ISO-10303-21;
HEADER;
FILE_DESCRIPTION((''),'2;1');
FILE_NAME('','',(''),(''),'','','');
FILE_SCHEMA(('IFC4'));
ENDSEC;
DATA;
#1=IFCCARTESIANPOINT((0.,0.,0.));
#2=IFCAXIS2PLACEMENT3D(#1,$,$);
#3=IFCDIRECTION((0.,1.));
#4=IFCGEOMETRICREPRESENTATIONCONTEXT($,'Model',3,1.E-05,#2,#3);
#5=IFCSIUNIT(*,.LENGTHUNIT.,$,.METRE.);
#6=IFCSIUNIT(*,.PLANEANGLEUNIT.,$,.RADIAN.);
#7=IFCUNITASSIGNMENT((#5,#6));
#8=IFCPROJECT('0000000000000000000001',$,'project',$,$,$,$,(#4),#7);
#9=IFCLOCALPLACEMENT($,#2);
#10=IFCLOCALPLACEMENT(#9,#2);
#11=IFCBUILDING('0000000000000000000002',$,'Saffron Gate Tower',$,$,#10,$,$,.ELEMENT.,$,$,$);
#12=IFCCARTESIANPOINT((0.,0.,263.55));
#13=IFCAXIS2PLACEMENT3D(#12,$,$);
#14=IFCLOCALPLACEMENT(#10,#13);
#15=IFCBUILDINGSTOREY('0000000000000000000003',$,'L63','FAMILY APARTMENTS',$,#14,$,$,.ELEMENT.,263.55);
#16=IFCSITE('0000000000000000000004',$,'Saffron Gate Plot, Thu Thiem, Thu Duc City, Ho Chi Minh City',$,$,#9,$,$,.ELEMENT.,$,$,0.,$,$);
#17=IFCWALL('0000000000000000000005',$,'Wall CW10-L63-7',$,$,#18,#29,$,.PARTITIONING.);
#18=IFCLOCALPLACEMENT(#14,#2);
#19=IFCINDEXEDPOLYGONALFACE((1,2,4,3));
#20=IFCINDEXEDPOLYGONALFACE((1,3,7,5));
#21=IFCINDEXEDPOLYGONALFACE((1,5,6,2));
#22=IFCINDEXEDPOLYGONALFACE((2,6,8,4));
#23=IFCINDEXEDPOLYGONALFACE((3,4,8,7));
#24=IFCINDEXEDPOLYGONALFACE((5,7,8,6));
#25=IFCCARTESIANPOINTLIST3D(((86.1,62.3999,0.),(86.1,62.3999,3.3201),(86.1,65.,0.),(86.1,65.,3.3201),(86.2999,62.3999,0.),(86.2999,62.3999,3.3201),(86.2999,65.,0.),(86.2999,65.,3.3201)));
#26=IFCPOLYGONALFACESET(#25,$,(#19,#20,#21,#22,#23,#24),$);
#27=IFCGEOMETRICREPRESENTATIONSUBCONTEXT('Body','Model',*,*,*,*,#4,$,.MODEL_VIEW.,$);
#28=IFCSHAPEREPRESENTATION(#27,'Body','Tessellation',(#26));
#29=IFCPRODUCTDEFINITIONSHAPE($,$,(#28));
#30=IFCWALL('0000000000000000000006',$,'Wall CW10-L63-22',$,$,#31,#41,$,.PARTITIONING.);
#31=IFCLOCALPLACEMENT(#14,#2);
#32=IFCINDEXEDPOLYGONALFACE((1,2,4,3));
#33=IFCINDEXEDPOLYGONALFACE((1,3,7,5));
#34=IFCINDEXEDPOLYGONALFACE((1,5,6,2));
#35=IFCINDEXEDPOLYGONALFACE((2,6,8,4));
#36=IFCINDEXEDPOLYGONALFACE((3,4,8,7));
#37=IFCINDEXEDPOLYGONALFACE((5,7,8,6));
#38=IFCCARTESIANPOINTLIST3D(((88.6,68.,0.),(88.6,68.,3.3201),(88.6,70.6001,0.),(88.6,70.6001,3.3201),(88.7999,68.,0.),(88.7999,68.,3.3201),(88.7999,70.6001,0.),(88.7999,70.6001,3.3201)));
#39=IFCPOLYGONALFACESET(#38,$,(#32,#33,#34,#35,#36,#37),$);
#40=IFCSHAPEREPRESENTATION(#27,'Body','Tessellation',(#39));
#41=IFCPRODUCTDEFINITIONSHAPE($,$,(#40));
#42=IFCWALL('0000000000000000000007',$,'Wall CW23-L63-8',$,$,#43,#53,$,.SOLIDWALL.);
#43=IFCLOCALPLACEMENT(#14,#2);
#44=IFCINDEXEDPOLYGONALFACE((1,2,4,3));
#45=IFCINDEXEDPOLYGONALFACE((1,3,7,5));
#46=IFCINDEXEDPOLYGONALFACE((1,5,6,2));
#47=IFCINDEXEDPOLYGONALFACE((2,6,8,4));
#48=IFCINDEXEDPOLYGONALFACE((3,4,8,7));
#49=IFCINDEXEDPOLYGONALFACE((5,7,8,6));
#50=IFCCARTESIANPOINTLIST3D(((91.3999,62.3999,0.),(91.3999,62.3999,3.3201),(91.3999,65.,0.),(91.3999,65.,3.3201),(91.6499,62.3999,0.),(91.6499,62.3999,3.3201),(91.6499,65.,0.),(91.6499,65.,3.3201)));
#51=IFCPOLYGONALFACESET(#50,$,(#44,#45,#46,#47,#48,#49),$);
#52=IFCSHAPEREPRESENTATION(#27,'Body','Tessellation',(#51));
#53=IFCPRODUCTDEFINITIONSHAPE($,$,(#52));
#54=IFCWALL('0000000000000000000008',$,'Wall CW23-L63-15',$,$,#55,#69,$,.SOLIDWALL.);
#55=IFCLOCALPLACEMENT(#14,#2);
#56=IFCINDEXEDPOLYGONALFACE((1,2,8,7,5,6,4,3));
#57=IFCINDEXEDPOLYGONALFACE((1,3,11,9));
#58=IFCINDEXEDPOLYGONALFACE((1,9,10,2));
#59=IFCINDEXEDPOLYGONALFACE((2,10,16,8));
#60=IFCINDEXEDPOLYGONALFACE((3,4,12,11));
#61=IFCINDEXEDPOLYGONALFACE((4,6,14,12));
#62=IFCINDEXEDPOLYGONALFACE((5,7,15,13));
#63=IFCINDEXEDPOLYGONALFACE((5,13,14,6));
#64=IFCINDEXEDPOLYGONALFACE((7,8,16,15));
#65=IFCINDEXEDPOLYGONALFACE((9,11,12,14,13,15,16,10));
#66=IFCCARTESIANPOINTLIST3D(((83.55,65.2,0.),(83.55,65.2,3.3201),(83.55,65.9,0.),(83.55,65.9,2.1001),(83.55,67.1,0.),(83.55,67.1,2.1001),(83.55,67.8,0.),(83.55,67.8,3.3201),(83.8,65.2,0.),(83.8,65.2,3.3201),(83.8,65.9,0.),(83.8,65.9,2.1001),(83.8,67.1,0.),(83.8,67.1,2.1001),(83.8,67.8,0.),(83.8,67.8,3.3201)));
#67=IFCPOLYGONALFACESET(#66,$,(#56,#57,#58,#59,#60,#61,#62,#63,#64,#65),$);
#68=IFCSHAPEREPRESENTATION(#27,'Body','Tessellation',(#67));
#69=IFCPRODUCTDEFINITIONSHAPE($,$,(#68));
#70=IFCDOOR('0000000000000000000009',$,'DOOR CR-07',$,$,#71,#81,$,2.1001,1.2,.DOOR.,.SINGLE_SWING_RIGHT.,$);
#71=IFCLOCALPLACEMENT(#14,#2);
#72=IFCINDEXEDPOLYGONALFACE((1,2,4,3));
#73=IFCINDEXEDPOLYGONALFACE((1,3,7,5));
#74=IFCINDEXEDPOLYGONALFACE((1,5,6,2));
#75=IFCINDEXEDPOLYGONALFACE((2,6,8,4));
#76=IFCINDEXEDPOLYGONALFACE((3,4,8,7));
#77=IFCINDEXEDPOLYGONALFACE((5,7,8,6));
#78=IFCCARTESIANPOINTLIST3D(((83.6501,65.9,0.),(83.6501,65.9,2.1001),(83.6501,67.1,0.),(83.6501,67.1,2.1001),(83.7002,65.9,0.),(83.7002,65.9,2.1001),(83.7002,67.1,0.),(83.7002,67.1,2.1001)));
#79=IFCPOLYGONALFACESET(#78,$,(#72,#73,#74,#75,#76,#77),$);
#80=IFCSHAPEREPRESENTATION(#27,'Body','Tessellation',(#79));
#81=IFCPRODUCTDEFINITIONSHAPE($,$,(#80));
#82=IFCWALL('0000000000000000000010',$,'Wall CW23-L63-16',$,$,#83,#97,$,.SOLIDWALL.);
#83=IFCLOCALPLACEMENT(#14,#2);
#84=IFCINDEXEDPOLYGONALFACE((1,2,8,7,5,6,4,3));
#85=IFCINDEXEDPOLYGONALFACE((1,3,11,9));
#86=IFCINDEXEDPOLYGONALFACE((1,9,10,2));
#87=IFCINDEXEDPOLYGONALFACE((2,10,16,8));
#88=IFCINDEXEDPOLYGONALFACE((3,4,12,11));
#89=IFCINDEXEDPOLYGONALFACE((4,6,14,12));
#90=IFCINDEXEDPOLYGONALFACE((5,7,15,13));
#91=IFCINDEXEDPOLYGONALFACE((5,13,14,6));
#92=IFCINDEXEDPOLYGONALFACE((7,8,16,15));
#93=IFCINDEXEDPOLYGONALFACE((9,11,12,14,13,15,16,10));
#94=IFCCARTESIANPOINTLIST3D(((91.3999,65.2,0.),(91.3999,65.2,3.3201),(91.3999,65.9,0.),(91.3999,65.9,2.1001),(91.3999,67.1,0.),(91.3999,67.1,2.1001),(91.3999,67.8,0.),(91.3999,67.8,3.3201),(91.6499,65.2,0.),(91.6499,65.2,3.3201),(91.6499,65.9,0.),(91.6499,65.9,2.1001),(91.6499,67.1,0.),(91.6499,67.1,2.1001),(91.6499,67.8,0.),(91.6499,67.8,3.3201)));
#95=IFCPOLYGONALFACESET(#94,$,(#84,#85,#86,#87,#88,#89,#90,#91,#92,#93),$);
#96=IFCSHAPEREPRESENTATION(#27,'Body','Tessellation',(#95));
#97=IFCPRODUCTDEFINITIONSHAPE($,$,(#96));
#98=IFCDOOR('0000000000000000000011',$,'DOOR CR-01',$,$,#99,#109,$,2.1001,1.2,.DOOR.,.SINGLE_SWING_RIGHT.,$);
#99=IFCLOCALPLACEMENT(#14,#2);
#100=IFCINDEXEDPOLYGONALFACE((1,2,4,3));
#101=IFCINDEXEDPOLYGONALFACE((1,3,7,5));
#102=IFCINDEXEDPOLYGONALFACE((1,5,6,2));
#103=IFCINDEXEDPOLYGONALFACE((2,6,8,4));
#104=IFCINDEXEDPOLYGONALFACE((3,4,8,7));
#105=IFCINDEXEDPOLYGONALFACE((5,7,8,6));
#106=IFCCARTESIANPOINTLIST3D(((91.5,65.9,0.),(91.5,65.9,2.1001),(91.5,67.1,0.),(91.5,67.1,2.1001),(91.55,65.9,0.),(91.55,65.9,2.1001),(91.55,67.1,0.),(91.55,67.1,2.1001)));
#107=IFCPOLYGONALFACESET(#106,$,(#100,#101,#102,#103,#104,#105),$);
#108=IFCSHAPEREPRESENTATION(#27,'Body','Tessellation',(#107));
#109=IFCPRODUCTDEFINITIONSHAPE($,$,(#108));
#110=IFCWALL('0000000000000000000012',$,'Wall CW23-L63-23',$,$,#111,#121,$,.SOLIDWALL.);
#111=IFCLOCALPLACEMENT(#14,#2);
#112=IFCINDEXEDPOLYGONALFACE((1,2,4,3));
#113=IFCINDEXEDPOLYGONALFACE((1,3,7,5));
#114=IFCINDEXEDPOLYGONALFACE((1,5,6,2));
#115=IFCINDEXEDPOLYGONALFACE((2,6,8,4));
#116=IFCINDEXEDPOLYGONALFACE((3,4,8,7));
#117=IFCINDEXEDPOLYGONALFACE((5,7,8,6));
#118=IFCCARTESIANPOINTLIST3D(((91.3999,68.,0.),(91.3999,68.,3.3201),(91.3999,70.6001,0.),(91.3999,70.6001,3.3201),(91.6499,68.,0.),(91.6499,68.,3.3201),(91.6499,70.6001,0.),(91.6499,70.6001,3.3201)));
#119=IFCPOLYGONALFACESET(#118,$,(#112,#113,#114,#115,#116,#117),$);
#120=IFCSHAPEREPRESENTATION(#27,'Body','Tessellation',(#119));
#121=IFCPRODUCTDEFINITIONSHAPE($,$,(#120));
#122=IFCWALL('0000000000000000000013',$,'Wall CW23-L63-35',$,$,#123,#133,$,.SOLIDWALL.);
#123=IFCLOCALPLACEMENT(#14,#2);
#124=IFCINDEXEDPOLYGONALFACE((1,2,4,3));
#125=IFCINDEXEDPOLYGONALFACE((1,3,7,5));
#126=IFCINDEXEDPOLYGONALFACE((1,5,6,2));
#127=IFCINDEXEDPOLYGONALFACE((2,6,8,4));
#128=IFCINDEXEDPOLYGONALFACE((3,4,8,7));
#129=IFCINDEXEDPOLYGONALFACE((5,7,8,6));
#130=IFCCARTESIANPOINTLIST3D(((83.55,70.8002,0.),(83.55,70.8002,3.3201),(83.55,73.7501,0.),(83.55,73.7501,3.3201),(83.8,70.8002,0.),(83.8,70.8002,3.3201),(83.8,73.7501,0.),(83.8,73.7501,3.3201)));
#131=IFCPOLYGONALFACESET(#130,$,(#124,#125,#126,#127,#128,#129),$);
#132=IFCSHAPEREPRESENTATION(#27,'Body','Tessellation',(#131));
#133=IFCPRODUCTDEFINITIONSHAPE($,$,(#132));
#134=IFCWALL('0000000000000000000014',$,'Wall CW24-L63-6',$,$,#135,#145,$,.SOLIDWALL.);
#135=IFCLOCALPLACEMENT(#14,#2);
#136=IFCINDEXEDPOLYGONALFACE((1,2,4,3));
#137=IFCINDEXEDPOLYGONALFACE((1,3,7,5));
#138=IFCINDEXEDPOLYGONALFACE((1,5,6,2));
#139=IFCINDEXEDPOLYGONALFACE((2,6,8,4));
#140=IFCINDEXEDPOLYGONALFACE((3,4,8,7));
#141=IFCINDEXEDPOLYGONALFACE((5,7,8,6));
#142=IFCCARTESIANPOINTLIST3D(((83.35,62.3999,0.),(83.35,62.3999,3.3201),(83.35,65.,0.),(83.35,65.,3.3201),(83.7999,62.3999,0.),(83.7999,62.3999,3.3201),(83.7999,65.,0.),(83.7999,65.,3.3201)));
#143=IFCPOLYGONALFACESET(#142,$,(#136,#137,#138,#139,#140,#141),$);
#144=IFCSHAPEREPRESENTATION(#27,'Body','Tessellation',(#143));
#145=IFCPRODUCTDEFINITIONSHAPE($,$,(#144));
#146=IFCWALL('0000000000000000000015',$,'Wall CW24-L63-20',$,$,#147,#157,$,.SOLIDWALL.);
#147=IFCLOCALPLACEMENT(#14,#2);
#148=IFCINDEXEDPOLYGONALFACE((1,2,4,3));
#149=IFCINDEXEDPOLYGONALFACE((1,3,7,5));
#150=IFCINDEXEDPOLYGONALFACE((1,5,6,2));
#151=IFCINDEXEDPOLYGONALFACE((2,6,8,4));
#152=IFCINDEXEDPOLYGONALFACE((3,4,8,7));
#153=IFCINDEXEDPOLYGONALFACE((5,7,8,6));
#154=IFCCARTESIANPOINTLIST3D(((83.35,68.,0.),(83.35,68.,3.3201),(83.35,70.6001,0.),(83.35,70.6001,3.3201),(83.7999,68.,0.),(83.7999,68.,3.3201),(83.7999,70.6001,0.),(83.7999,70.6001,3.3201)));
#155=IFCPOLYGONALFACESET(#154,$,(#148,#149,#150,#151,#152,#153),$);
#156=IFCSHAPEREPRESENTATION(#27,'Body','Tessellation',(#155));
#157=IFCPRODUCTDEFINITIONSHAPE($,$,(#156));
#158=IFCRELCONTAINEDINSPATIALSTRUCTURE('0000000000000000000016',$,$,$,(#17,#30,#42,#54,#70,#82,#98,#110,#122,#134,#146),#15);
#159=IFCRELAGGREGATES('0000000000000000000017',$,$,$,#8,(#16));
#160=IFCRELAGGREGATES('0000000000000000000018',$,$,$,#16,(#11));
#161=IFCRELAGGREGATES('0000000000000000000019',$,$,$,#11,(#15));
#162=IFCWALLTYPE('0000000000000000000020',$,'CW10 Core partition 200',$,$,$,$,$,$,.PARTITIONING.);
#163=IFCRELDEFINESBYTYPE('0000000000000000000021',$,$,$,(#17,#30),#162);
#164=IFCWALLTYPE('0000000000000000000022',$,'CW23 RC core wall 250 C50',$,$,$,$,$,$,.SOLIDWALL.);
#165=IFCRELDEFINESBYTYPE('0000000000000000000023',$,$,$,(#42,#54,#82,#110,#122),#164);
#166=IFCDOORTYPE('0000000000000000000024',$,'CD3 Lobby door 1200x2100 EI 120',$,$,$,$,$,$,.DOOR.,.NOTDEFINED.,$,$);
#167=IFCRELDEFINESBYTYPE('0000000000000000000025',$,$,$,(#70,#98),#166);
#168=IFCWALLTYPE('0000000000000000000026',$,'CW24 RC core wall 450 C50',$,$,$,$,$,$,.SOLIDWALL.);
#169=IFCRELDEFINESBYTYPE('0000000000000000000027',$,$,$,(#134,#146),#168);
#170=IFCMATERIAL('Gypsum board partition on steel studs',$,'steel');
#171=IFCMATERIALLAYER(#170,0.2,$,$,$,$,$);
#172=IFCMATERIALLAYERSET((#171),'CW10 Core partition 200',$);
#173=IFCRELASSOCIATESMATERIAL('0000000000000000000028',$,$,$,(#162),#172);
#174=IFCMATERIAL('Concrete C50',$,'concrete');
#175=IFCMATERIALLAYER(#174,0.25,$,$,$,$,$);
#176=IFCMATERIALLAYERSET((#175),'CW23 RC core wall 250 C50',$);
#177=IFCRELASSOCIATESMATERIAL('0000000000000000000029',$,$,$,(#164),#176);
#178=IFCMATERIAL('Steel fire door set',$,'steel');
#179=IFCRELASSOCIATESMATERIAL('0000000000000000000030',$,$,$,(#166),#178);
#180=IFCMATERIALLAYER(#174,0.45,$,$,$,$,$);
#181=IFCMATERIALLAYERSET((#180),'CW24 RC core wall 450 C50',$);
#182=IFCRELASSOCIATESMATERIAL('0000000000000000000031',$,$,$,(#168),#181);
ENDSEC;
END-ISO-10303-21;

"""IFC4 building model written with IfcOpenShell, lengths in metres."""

from ifc_helpers import new_model, si_unit, direction, frame, frame_2d, origin, place, context, subcontext, project, spatial, rectangle, extrude, material, layer, layer_set, type_object, element, fill, save


model = new_model("IFC4")

# Units and contexts
model_context = context("Model", 3, precision=1e-05, world=origin(), true_north=direction((0.0, 1.0)))
body_context = subcontext(model_context, "Body", "Model", "MODEL_VIEW")
ifc_project = project(units=[si_unit("LENGTHUNIT", "METRE"), si_unit("PLANEANGLEUNIT", "RADIAN")], contexts=[model_context])

# Site, building, storey
site_placement = place(None, origin())
site = spatial("IfcSite", under=ifc_project, at=site_placement, Name="Saffron Gate Plot, Thu Thiem, Thu Duc City, Ho Chi Minh City", CompositionType="ELEMENT", RefElevation=0.0)
building_placement = place(site_placement, origin())
building = spatial("IfcBuilding", under=site, at=building_placement, Name="Saffron Gate Tower", CompositionType="ELEMENT")
storey_placement = place(building_placement, frame((0.0, 0.0, 263.55)))
storey = spatial("IfcBuildingStorey", under=building, at=storey_placement, Name="L63", Description="FAMILY APARTMENTS", CompositionType="ELEMENT", Elevation=263.55)

# Walls
ifc_material_1 = material(Name="Gypsum board partition on steel studs", Category="steel")
ifc_layer_1 = layer(ifc_material_1, 0.2)
ifc_layer_set_1 = layer_set([ifc_layer_1], Name="CW10 Core partition 200")
wall_type_1 = type_object("IfcWallType", Name="CW10 Core partition 200", PredefinedType="PARTITIONING", material=ifc_layer_set_1)
for number, where, z_axis, x_axis, name in (
    (1, (86.2, 62.3999, 0.0), (0.0, 0.0, 1.0), (0.0, 1.0, 0.0), "Wall CW10-L63-7"),
    (2, (88.7, 68.0, 0.0), (0.0, 0.0, 1.0), (0.0, 1.0, 0.0), "Wall CW10-L63-22"),
):
    element("IfcWall", number, at=place(storey_placement, frame(where, z_axis=z_axis, x_axis=x_axis)), inside=storey, type_object=wall_type_1, Name=name, PredefinedType="PARTITIONING", context=body_context, shape_type="SweptSolid", body=[
        extrude(rectangle(XDim=2.6001, YDim=0.2, at=frame_2d((1.3, 0.0))), origin(), (0.0, 0.0, 1.0), 3.3201),
    ])
ifc_material_2 = material(Name="Concrete C50", Category="concrete")
ifc_layer_2 = layer(ifc_material_2, 0.25)
ifc_layer_set_2 = layer_set([ifc_layer_2], Name="CW23 RC core wall 250 C50")
wall_type_2 = type_object("IfcWallType", Name="CW23 RC core wall 250 C50", PredefinedType="SOLIDWALL", material=ifc_layer_set_2)
wall_1_placement = place(storey_placement, frame((91.5249, 62.3999, 0.0), z_axis=(0.0, 0.0, 1.0), x_axis=(0.0, 1.0, 0.0)))
element("IfcWall", 3, at=wall_1_placement, inside=storey, type_object=wall_type_2, Name="Wall CW23-L63-8", PredefinedType="SOLIDWALL", context=body_context, shape_type="SweptSolid", body=[
    extrude(rectangle(XDim=2.6001, YDim=0.25, at=frame_2d((1.3, 0.0))), origin(), (0.0, 0.0, 1.0), 3.3201),
])

# Walls, openings, doors
wall_2_placement = place(storey_placement, frame((83.675, 65.2, 0.0), z_axis=(0.0, 0.0, 1.0), x_axis=(0.0, 1.0, 0.0)))
wall_2 = element("IfcWall", 4, at=wall_2_placement, inside=storey, type_object=wall_type_2, Name="Wall CW23-L63-15", PredefinedType="SOLIDWALL", context=body_context, shape_type="SweptSolid", body=[
    extrude(rectangle(XDim=2.6001, YDim=0.25, at=frame_2d((1.3, 0.0))), origin(), (0.0, 0.0, 1.0), 3.3201),
])
opening_1_placement = place(wall_2_placement, frame((0.7, 0.0, 0.0)))
opening_1 = element("IfcOpeningElement", 5, at=opening_1_placement, cuts=wall_2, PredefinedType="OPENING", context=body_context, shape_type="SweptSolid", body=[
    extrude(rectangle(XDim=1.2, YDim=2.1001, at=frame_2d((0.6001, 1.05))), frame((0.0, 0.135, 0.0), z_axis=(0.0, -1.0, 0.0), x_axis=(1.0, 0.0, 0.0)), (0.0, 0.0, 1.0), 0.27),
])
ifc_material_3 = material(Name="Steel fire door set", Category="steel")
door_type_1 = type_object("IfcDoorType", Name="CD3 Lobby door 1200x2100 EI 120", OperationType="NOTDEFINED", PredefinedType="DOOR", material=ifc_material_3)
door_1_placement = place(opening_1_placement, origin())
door_1 = element("IfcDoor", 6, at=door_1_placement, inside=storey, type_object=door_type_1, Name="DOOR CR-07", OperationType="SINGLE_SWING_RIGHT", OverallHeight=2.1001, OverallWidth=1.2, PredefinedType="DOOR", context=body_context, shape_type="SweptSolid", body=[
    extrude(rectangle(XDim=1.2, YDim=2.1001, at=frame_2d((0.6001, 1.05))), frame((0.0, 0.0249, 0.0), z_axis=(0.0, -1.0, 0.0), x_axis=(1.0, 0.0, 0.0)), (0.0, 0.0, 1.0), 0.05),
])
fill(opening_1, door_1)
wall_3_placement = place(storey_placement, frame((91.5249, 65.2, 0.0), z_axis=(0.0, 0.0, 1.0), x_axis=(0.0, 1.0, 0.0)))
wall_3 = element("IfcWall", 7, at=wall_3_placement, inside=storey, type_object=wall_type_2, Name="Wall CW23-L63-16", PredefinedType="SOLIDWALL", context=body_context, shape_type="SweptSolid", body=[
    extrude(rectangle(XDim=2.6001, YDim=0.25, at=frame_2d((1.3, 0.0))), origin(), (0.0, 0.0, 1.0), 3.3201),
])
opening_2_placement = place(wall_3_placement, frame((0.7, 0.0, 0.0)))
opening_2 = element("IfcOpeningElement", 8, at=opening_2_placement, cuts=wall_3, PredefinedType="OPENING", context=body_context, shape_type="SweptSolid", body=[
    extrude(rectangle(XDim=1.2, YDim=2.1001, at=frame_2d((0.6001, 1.05))), frame((0.0, 0.135, 0.0), z_axis=(0.0, -1.0, 0.0), x_axis=(1.0, 0.0, 0.0)), (0.0, 0.0, 1.0), 0.27),
])
door_2_placement = place(opening_2_placement, origin())
door_2 = element("IfcDoor", 9, at=door_2_placement, inside=storey, type_object=door_type_1, Name="DOOR CR-01", OperationType="SINGLE_SWING_RIGHT", OverallHeight=2.1001, OverallWidth=1.2, PredefinedType="DOOR", context=body_context, shape_type="SweptSolid", body=[
    extrude(rectangle(XDim=1.2, YDim=2.1001, at=frame_2d((0.6001, 1.05))), frame((0.0, 0.0249, 0.0), z_axis=(0.0, -1.0, 0.0), x_axis=(1.0, 0.0, 0.0)), (0.0, 0.0, 1.0), 0.05),
])
fill(opening_2, door_2)

# Walls
wall_4_placement = place(storey_placement, frame((91.5249, 68.0, 0.0), z_axis=(0.0, 0.0, 1.0), x_axis=(0.0, 1.0, 0.0)))
element("IfcWall", 10, at=wall_4_placement, inside=storey, type_object=wall_type_2, Name="Wall CW23-L63-23", PredefinedType="SOLIDWALL", context=body_context, shape_type="SweptSolid", body=[
    extrude(rectangle(XDim=2.6001, YDim=0.25, at=frame_2d((1.3, 0.0))), origin(), (0.0, 0.0, 1.0), 3.3201),
])
wall_5_placement = place(storey_placement, frame((83.675, 70.8, 0.0), z_axis=(0.0, 0.0, 1.0), x_axis=(0.0, 1.0, 0.0)))
element("IfcWall", 11, at=wall_5_placement, inside=storey, type_object=wall_type_2, Name="Wall CW23-L63-35", PredefinedType="SOLIDWALL", context=body_context, shape_type="SweptSolid", body=[
    extrude(rectangle(XDim=2.95, YDim=0.25, at=frame_2d((1.4751, 0.0))), origin(), (0.0, 0.0, 1.0), 3.3201),
])
ifc_layer_3 = layer(ifc_material_2, 0.45)
ifc_layer_set_3 = layer_set([ifc_layer_3], Name="CW24 RC core wall 450 C50")
wall_type_3 = type_object("IfcWallType", Name="CW24 RC core wall 450 C50", PredefinedType="SOLIDWALL", material=ifc_layer_set_3)
for number, where, z_axis, x_axis, name in (
    (12, (83.575, 62.3999, 0.0), (0.0, 0.0, 1.0), (0.0, 1.0, 0.0), "Wall CW24-L63-6"),
    (13, (83.575, 68.0, 0.0), (0.0, 0.0, 1.0), (0.0, 1.0, 0.0), "Wall CW24-L63-20"),
):
    element("IfcWall", number, at=place(storey_placement, frame(where, z_axis=z_axis, x_axis=x_axis)), inside=storey, type_object=wall_type_3, Name=name, PredefinedType="SOLIDWALL", context=body_context, shape_type="SweptSolid", body=[
        extrude(rectangle(XDim=2.6001, YDim=0.45, at=frame_2d((1.3, 0.0))), origin(), (0.0, 0.0, 1.0), 3.3201),
    ])

save(model, "model.ifc")
